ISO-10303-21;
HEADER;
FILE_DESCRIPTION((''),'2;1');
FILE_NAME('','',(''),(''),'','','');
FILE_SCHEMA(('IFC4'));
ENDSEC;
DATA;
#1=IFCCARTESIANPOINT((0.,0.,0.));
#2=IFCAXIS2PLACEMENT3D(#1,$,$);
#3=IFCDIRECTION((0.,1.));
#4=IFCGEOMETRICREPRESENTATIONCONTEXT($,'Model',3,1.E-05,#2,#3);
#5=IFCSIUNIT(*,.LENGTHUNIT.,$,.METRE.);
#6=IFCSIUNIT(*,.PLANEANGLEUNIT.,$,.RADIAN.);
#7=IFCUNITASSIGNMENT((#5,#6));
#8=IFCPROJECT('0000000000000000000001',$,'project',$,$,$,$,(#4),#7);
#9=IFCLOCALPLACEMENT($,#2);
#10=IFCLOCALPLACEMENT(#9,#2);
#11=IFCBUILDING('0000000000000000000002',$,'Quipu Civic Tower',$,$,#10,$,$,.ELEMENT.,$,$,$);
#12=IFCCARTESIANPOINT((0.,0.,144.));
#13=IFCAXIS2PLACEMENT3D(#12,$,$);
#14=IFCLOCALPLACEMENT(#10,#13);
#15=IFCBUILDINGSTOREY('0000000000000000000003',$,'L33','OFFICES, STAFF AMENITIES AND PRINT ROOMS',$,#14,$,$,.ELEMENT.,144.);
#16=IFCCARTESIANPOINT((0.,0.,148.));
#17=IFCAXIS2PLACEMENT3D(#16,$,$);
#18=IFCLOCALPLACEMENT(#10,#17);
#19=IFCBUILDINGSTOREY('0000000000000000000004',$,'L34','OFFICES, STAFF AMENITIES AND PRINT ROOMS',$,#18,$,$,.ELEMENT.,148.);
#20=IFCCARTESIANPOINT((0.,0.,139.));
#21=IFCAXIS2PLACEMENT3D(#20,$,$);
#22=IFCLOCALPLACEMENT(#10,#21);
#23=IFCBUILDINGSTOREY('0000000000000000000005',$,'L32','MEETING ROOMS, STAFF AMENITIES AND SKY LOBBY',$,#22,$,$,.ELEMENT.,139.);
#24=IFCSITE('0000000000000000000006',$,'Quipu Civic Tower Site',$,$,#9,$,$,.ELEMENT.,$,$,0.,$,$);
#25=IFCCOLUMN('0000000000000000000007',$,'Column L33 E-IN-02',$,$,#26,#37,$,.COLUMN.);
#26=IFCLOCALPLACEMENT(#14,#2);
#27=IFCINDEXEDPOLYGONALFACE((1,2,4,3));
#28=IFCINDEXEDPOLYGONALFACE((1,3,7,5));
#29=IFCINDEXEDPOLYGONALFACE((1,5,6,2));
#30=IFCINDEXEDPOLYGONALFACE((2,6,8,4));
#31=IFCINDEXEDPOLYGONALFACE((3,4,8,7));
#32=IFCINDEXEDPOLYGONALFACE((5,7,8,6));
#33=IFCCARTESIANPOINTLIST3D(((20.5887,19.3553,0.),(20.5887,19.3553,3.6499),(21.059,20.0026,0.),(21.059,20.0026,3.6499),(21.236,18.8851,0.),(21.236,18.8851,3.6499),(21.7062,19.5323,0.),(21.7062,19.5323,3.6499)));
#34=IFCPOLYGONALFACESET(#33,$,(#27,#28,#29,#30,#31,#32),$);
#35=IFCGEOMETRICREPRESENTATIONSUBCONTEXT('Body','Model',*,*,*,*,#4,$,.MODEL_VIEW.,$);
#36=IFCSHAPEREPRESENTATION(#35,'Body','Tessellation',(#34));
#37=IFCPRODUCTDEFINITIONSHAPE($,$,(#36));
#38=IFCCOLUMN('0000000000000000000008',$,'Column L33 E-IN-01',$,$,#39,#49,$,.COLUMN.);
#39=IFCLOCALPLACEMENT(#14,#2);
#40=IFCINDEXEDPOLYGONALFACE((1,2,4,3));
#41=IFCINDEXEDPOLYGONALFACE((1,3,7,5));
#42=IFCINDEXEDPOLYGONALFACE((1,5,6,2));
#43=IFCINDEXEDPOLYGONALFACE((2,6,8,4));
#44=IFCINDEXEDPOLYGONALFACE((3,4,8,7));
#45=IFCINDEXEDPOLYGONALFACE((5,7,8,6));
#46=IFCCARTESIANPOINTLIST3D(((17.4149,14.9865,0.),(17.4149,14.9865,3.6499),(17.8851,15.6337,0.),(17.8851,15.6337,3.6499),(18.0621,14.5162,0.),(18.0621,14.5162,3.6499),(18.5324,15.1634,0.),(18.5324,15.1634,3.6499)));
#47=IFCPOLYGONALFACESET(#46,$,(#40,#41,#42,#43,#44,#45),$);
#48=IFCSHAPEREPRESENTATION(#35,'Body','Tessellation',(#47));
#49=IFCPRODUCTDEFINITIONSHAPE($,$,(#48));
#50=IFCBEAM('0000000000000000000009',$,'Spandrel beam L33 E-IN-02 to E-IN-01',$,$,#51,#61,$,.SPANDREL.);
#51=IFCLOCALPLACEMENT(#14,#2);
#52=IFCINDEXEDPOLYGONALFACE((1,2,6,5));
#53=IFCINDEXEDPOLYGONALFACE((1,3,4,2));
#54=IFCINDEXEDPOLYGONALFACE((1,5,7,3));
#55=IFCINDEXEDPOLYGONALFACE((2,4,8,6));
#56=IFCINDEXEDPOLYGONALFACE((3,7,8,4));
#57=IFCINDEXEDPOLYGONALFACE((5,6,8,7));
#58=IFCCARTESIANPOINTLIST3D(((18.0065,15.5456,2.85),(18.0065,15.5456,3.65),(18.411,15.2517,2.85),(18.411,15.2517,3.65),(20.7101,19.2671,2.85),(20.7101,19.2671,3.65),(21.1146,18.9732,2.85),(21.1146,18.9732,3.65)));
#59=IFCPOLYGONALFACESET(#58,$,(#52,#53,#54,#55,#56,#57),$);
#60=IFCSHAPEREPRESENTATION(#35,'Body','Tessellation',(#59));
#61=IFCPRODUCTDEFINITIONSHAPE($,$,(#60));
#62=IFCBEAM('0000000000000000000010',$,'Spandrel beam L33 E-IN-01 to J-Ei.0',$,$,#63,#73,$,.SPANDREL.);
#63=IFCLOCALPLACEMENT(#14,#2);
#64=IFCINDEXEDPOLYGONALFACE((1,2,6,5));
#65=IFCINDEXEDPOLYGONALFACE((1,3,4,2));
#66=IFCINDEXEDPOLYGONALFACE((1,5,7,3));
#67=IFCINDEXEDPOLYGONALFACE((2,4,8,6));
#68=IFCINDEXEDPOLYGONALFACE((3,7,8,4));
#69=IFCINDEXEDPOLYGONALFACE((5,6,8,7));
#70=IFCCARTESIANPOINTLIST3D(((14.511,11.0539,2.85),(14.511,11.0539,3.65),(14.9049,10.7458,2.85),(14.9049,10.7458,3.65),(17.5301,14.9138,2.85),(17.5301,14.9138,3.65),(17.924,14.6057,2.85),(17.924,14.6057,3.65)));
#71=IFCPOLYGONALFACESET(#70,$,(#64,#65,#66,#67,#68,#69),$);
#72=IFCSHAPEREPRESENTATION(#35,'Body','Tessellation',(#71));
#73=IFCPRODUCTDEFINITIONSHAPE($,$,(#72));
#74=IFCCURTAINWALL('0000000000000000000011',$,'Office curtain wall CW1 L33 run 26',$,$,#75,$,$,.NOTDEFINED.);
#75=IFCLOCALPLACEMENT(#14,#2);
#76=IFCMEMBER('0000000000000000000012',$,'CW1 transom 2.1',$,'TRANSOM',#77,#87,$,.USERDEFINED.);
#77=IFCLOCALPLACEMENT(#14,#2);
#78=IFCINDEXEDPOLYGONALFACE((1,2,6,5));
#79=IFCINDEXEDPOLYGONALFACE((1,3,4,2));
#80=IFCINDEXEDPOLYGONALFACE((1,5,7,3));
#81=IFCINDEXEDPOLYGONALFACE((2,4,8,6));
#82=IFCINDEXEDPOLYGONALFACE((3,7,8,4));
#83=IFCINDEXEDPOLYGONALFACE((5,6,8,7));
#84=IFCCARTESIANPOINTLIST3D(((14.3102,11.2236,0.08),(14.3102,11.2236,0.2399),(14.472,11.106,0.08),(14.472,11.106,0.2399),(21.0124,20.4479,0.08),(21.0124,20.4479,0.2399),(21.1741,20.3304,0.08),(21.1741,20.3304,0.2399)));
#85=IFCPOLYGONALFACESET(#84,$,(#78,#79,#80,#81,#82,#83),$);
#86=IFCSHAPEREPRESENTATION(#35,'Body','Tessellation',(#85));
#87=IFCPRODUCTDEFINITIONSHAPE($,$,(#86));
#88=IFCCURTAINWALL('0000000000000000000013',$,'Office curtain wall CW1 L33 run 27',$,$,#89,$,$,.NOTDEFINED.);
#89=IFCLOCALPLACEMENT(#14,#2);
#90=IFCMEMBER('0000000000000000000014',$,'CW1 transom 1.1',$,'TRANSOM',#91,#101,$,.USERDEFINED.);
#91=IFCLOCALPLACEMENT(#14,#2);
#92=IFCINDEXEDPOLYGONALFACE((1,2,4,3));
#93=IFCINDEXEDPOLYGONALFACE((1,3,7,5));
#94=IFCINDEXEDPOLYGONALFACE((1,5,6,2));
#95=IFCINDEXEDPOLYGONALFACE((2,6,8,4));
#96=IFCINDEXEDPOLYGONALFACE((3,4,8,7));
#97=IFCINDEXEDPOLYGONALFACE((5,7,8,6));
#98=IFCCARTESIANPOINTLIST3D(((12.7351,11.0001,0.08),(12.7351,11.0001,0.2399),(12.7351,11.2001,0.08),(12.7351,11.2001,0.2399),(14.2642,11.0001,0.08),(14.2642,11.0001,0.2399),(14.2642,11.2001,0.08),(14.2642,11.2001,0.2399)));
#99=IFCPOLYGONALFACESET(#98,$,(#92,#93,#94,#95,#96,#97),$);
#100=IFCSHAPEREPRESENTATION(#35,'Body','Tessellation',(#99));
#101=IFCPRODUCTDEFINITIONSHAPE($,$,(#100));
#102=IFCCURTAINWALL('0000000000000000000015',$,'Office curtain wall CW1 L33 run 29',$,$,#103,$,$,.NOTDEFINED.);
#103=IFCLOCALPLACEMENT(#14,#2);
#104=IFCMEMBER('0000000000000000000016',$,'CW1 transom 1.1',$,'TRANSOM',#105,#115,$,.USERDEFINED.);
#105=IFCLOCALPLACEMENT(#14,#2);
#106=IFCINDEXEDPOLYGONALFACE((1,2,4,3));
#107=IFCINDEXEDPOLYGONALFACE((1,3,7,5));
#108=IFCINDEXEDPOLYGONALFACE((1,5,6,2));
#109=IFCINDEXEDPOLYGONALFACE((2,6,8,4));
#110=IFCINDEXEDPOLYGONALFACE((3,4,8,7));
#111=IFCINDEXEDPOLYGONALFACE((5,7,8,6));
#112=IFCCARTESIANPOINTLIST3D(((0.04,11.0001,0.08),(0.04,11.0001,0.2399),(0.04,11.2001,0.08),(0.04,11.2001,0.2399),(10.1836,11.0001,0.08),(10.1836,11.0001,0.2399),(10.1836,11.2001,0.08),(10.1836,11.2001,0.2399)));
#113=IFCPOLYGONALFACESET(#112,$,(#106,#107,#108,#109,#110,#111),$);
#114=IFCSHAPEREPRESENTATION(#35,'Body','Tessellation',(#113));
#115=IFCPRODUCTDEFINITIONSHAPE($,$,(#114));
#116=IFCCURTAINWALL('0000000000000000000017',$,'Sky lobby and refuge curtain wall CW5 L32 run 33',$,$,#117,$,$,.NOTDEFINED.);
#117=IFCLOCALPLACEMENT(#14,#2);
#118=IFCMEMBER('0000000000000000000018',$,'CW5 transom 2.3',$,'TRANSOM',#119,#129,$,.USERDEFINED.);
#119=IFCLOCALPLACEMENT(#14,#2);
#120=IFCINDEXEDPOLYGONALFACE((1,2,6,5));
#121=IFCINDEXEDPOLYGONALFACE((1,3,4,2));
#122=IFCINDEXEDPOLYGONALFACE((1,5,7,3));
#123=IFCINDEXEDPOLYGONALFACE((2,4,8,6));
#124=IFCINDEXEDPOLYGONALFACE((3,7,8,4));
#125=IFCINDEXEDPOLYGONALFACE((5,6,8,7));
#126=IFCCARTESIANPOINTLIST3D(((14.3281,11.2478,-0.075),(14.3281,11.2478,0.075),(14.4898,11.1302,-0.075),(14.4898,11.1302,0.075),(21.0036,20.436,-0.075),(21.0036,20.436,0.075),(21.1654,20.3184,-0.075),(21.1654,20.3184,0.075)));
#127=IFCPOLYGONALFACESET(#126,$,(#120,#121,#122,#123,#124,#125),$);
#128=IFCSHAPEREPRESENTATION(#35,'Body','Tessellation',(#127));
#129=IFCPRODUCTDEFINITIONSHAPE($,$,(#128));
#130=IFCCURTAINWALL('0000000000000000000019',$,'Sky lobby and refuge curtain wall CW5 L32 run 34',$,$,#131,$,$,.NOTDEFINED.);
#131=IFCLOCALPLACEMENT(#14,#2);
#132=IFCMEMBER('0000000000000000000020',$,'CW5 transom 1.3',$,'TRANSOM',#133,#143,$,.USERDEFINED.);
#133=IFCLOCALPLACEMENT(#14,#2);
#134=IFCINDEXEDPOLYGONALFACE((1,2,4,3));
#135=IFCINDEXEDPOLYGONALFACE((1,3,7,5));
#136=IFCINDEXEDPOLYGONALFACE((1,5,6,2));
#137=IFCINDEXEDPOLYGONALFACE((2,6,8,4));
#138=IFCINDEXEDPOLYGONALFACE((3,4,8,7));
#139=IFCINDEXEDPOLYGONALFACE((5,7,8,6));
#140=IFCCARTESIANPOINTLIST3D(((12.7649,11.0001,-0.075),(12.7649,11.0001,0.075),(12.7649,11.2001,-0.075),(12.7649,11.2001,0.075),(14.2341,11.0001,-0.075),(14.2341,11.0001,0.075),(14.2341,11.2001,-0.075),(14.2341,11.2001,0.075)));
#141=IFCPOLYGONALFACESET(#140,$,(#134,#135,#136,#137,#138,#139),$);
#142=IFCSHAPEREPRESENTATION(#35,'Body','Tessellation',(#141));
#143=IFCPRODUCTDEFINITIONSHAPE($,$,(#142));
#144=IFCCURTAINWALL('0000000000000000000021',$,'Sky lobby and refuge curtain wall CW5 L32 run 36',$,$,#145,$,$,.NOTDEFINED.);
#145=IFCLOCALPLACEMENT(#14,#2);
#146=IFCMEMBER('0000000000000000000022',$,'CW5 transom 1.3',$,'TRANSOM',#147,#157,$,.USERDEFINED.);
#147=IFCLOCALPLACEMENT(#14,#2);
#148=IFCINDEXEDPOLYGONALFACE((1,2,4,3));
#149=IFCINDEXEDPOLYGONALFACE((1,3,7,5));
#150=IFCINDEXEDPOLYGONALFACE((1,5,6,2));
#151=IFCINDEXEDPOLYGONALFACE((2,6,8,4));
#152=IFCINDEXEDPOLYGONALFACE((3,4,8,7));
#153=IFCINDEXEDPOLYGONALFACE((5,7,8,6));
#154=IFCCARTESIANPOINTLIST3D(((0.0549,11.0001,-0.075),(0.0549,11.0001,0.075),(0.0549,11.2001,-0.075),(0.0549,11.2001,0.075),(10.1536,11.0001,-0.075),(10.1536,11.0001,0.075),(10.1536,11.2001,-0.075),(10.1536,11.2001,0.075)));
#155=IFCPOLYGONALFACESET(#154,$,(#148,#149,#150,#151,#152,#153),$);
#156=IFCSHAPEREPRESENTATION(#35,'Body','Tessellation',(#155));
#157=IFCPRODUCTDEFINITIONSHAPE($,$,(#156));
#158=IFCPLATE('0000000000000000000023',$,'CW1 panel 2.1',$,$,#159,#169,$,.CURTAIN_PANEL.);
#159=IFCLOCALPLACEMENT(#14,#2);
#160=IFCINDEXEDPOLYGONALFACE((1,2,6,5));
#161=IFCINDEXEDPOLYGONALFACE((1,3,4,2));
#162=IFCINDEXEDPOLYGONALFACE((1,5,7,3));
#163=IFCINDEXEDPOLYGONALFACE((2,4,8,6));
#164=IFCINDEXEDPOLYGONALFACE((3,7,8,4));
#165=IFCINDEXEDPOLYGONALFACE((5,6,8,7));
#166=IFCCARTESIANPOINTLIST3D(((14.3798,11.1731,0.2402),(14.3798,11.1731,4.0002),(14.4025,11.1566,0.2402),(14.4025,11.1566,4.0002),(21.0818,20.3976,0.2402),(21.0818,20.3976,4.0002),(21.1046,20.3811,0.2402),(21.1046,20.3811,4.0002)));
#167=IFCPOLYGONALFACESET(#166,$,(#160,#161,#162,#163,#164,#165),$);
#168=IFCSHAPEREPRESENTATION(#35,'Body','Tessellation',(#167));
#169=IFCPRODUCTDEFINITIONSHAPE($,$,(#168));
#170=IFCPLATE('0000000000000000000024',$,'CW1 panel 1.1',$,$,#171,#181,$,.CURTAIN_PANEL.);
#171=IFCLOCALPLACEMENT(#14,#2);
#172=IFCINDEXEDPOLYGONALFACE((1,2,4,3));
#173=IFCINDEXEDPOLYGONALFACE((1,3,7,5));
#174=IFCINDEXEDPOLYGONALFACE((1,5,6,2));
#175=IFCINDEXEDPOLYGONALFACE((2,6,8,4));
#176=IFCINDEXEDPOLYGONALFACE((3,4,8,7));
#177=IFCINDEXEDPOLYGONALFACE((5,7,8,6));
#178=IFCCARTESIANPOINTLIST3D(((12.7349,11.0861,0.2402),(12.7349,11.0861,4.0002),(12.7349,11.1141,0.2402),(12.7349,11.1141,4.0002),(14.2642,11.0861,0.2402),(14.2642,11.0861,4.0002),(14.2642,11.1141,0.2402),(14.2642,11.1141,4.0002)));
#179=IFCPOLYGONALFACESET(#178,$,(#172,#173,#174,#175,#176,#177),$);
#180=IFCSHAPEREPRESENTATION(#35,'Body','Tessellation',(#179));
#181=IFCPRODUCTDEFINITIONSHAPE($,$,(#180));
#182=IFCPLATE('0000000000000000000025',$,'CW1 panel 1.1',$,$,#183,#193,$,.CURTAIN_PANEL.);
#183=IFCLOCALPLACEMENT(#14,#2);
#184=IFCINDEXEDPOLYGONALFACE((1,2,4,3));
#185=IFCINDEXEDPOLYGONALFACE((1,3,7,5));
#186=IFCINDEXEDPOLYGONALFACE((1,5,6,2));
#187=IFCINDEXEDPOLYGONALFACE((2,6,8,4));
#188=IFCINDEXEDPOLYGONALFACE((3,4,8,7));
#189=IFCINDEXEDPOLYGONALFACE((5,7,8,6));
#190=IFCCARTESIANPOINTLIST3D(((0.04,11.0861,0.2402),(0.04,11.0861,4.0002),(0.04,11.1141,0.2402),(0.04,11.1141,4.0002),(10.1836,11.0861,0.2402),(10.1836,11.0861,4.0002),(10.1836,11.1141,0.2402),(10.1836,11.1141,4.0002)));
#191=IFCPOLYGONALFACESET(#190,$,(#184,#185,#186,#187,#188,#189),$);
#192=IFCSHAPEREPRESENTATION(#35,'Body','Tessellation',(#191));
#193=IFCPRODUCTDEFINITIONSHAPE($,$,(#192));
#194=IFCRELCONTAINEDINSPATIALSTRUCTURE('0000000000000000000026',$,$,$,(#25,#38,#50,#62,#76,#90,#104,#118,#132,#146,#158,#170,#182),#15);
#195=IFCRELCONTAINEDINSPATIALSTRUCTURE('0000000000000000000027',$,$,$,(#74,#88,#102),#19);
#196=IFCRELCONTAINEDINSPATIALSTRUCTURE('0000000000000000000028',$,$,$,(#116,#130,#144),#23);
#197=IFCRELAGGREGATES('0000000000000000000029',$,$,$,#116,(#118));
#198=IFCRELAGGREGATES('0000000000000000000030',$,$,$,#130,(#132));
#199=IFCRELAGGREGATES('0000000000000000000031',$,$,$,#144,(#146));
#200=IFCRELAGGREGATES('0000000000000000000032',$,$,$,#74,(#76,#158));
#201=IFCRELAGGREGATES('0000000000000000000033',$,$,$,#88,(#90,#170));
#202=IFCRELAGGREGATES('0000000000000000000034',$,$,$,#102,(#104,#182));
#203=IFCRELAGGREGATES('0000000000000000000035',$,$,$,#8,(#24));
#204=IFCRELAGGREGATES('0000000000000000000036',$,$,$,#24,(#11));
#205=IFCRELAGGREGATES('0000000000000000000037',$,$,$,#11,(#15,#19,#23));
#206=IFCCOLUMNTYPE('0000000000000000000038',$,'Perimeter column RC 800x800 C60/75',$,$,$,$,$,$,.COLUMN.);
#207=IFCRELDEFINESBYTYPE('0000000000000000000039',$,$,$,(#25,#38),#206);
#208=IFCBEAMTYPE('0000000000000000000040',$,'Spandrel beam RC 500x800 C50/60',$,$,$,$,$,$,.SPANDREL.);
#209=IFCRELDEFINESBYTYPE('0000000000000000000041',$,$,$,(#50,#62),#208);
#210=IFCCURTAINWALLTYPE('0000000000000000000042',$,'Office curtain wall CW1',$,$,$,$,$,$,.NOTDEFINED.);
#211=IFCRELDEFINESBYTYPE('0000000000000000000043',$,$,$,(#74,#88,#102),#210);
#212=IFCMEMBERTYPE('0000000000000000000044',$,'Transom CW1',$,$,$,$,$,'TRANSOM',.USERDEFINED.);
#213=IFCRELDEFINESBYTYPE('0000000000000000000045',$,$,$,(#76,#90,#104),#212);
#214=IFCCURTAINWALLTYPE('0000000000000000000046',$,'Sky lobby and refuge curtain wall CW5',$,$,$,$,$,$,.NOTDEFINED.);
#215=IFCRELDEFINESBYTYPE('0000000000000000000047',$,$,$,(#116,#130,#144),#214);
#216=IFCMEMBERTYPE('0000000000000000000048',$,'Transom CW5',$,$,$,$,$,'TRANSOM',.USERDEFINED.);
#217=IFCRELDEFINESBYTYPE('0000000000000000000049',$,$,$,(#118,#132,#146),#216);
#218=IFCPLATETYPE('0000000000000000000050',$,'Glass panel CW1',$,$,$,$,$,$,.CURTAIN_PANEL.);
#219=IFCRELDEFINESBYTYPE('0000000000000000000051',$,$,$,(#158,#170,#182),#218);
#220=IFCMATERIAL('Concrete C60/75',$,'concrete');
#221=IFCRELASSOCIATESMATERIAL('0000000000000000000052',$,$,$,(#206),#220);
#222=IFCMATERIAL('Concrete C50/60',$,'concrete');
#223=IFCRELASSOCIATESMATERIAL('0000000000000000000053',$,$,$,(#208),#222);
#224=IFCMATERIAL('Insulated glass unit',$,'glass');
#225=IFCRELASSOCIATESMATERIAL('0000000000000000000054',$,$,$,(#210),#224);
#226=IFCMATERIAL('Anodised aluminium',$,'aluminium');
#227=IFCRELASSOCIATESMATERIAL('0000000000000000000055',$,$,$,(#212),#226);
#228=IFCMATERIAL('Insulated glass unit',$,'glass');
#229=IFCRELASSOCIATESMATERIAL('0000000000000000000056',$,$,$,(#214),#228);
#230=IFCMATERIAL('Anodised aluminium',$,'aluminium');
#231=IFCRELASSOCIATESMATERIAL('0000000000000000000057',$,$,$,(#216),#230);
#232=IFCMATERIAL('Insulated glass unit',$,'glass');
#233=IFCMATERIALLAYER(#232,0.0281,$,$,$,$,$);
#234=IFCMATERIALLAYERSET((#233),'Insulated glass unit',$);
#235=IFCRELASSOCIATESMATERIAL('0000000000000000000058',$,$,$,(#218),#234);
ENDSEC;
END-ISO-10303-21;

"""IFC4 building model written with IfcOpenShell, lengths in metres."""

from ifc_helpers import new_model, si_unit, direction, frame, origin, origin_2d, place, context, subcontext, project, spatial, rectangle, extrude, material, layer, layer_set, material_profile, profile_set, type_object, element, aggregate, save


model = new_model("IFC4")

# Units and contexts
model_context = context("Model", 3, precision=1e-05, world=origin(), true_north=direction((0.0, 1.0)))
body_context = subcontext(model_context, "Body", "Model", "MODEL_VIEW")
ifc_project = project(units=[si_unit("LENGTHUNIT", "METRE"), si_unit("PLANEANGLEUNIT", "RADIAN")], contexts=[model_context])

# Site, building, storey
site_placement = place(None, origin())
site = spatial("IfcSite", under=ifc_project, at=site_placement, Name="Quipu Civic Tower Site", CompositionType="ELEMENT", RefElevation=0.0)
building_placement = place(site_placement, origin())
building = spatial("IfcBuilding", under=site, at=building_placement, Name="Quipu Civic Tower", CompositionType="ELEMENT")
storey_1_placement = place(building_placement, frame((0.0, 0.0, 144.0)))
storey_1 = spatial("IfcBuildingStorey", under=building, at=storey_1_placement, Name="L33", Description="OFFICES, STAFF AMENITIES AND PRINT ROOMS", CompositionType="ELEMENT", Elevation=144.0)

# Columns
ifc_material_1 = material(Name="Concrete C60/75", Category="concrete")
ifc_material_profile_1 = material_profile(ifc_material_1, rectangle(XDim=0.8, YDim=0.8, at=origin_2d()), Name="RC800x800")
ifc_profile_set_1 = profile_set([ifc_material_profile_1], Name="Concrete C60/75")
column_type = type_object("IfcColumnType", Name="Perimeter column RC 800x800 C60/75", PredefinedType="COLUMN", material=ifc_profile_set_1)
for number, where, z_axis, x_axis, name in (
    (1, (21.1475, 19.4438, 0.0), (0.0, 0.0, 1.0), (-0.587785, -0.809017, 0.0), "Column L33 E-IN-02"),
    (2, (17.9736, 15.075, 0.0), (0.0, 0.0, 1.0), (-0.587785, -0.809017, 0.0), "Column L33 E-IN-01"),
):
    element("IfcColumn", number, at=place(storey_1_placement, frame(where, z_axis=z_axis, x_axis=x_axis)), inside=storey_1, type_object=column_type, Name=name, PredefinedType="COLUMN", context=body_context, shape_type="SweptSolid", body=[
        extrude(rectangle(XDim=0.8, YDim=0.8, at=origin_2d()), origin(), (0.0, 0.0, 1.0), 3.6499),
    ])

# Beams
ifc_material_2 = material(Name="Concrete C50/60", Category="concrete")
ifc_material_profile_2 = material_profile(ifc_material_2, rectangle(XDim=0.5, YDim=0.8, at=origin_2d()), Name="RC500x800")
ifc_profile_set_2 = profile_set([ifc_material_profile_2], Name="Concrete C50/60")
beam_type = type_object("IfcBeamType", Name="Spandrel beam RC 500x800 C50/60", PredefinedType="SPANDREL", material=ifc_profile_set_2)
beam_1_placement = place(storey_1_placement, frame((20.9124, 19.1201, 3.25), z_axis=(-0.587761, -0.809034, 0.0), x_axis=(0.809034, -0.587761, 0.0)))
element("IfcBeam", 3, at=beam_1_placement, inside=storey_1, type_object=beam_type, Name="Spandrel beam L33 E-IN-02 to E-IN-01", PredefinedType="SPANDREL", context=body_context, shape_type="SweptSolid", body=[
    extrude(rectangle(XDim=0.5, YDim=0.8, at=origin_2d()), origin(), (0.0, 0.0, 1.0), 4.5999),
])
beam_2_placement = place(storey_1_placement, frame((17.7271, 14.7598, 3.25), z_axis=(-0.616091, -0.787675, 0.0), x_axis=(0.787675, -0.616091, 0.0)))
element("IfcBeam", 4, at=beam_2_placement, inside=storey_1, type_object=beam_type, Name="Spandrel beam L33 E-IN-01 to J-Ei.0", PredefinedType="SPANDREL", context=body_context, shape_type="SweptSolid", body=[
    extrude(rectangle(XDim=0.5, YDim=0.8, at=origin_2d()), origin(), (0.0, 0.0, 1.0), 4.9004),
])

# Shared definitions
storey_2_placement = place(building_placement, frame((0.0, 0.0, 148.0)))
storey_2 = spatial("IfcBuildingStorey", under=building, at=storey_2_placement, Name="L34", Description="OFFICES, STAFF AMENITIES AND PRINT ROOMS", CompositionType="ELEMENT", Elevation=148.0)

# Curtain walls, members
ifc_material_3 = material(Name="Insulated glass unit", Category="glass")
curtain_wall_type_1 = type_object("IfcCurtainWallType", Name="Office curtain wall CW1", PredefinedType="NOTDEFINED", material=ifc_material_3)
curtain_wall_1_placement = place(storey_2_placement, origin())
curtain_wall_1 = element("IfcCurtainWall", 5, at=curtain_wall_1_placement, inside=storey_2, type_object=curtain_wall_type_1, Name="Office curtain wall CW1 L33 run 26", PredefinedType="NOTDEFINED")
ifc_material_4 = material(Name="Anodised aluminium", Category="aluminium")
ifc_material_profile_3 = material_profile(ifc_material_4, rectangle(XDim=0.2, YDim=0.1599, at=origin_2d()), Name="RECT 200x160")
ifc_profile_set_3 = profile_set([ifc_material_profile_3], Name="Anodised aluminium")
member_type_1 = type_object("IfcMemberType", Name="Transom CW1", ElementType="TRANSOM", PredefinedType="USERDEFINED", material=ifc_profile_set_3)
member_1_placement = place(storey_1_placement, frame((21.0933, 20.3892, 0.1599), z_axis=(-0.5878, -0.809006, 0.0), x_axis=(0.809006, -0.5878, 0.0)))
member_1 = element("IfcMember", 6, at=member_1_placement, inside=storey_1, type_object=member_type_1, Name="CW1 transom 2.1", ObjectType="TRANSOM", PredefinedType="USERDEFINED", context=body_context, shape_type="SweptSolid", body=[
    extrude(rectangle(XDim=0.2, YDim=0.1599, at=origin_2d()), origin(), (0.0, 0.0, 1.0), 11.4021),
])
curtain_wall_2_placement = place(storey_2_placement, origin())
curtain_wall_2 = element("IfcCurtainWall", 7, at=curtain_wall_2_placement, inside=storey_2, type_object=curtain_wall_type_1, Name="Office curtain wall CW1 L33 run 27", PredefinedType="NOTDEFINED")
member_2_placement = place(storey_1_placement, frame((14.2642, 11.1001, 0.1599), z_axis=(-1.0, 0.0, 0.0), x_axis=(0.0, -1.0, 0.0)))
member_2 = element("IfcMember", 8, at=member_2_placement, inside=storey_1, type_object=member_type_1, Name="CW1 transom 1.1", ObjectType="TRANSOM", PredefinedType="USERDEFINED", context=body_context, shape_type="SweptSolid", body=[
    extrude(rectangle(XDim=0.2, YDim=0.1599, at=origin_2d()), origin(), (0.0, 0.0, 1.0), 1.5291),
])
curtain_wall_3_placement = place(storey_2_placement, origin())
curtain_wall_3 = element("IfcCurtainWall", 9, at=curtain_wall_3_placement, inside=storey_2, type_object=curtain_wall_type_1, Name="Office curtain wall CW1 L33 run 29", PredefinedType="NOTDEFINED")
member_3_placement = place(storey_1_placement, frame((10.1836, 11.1001, 0.1599), z_axis=(-1.0, 0.0, 0.0), x_axis=(0.0, -1.0, 0.0)))
member_3 = element("IfcMember", 10, at=member_3_placement, inside=storey_1, type_object=member_type_1, Name="CW1 transom 1.1", ObjectType="TRANSOM", PredefinedType="USERDEFINED", context=body_context, shape_type="SweptSolid", body=[
    extrude(rectangle(XDim=0.2, YDim=0.1599, at=origin_2d()), origin(), (0.0, 0.0, 1.0), 10.1436),
])

# Shared definitions
storey_3_placement = place(building_placement, frame((0.0, 0.0, 139.0)))
storey_3 = spatial("IfcBuildingStorey", under=building, at=storey_3_placement, Name="L32", Description="MEETING ROOMS, STAFF AMENITIES AND SKY LOBBY", CompositionType="ELEMENT", Elevation=139.0)

# Curtain walls, members
ifc_material_5 = material(Name="Insulated glass unit", Category="glass")
curtain_wall_type_2 = type_object("IfcCurtainWallType", Name="Sky lobby and refuge curtain wall CW5", PredefinedType="NOTDEFINED", material=ifc_material_5)
curtain_wall_4_placement = place(storey_3_placement, origin())
curtain_wall_4 = element("IfcCurtainWall", 11, at=curtain_wall_4_placement, inside=storey_3, type_object=curtain_wall_type_2, Name="Sky lobby and refuge curtain wall CW5 L32 run 33", PredefinedType="NOTDEFINED")
ifc_material_6 = material(Name="Anodised aluminium", Category="aluminium")
ifc_material_profile_4 = material_profile(ifc_material_6, rectangle(XDim=0.2, YDim=0.1499, at=origin_2d()), Name="RECT 200x150")
ifc_profile_set_4 = profile_set([ifc_material_profile_4], Name="Anodised aluminium")
member_type_2 = type_object("IfcMemberType", Name="Transom CW5", ElementType="TRANSOM", PredefinedType="USERDEFINED", material=ifc_profile_set_4)
member_4_placement = place(storey_1_placement, frame((21.0845, 20.3772, 0.0), z_axis=(-0.587779, -0.809021, 0.0), x_axis=(0.809021, -0.587779, 0.0)))
member_4 = element("IfcMember", 12, at=member_4_placement, inside=storey_1, type_object=member_type_2, Name="CW5 transom 2.3", ObjectType="TRANSOM", PredefinedType="USERDEFINED", context=body_context, shape_type="SweptSolid", body=[
    extrude(rectangle(XDim=0.2, YDim=0.1499, at=origin_2d()), origin(), (0.0, 0.0, 1.0), 11.3572),
])
aggregate(curtain_wall_4, [member_4])
curtain_wall_5_placement = place(storey_3_placement, origin())
curtain_wall_5 = element("IfcCurtainWall", 13, at=curtain_wall_5_placement, inside=storey_3, type_object=curtain_wall_type_2, Name="Sky lobby and refuge curtain wall CW5 L32 run 34", PredefinedType="NOTDEFINED")
member_5_placement = place(storey_1_placement, frame((14.2341, 11.1001, 0.0), z_axis=(-1.0, 0.0, 0.0), x_axis=(0.0, -1.0, 0.0)))
member_5 = element("IfcMember", 14, at=member_5_placement, inside=storey_1, type_object=member_type_2, Name="CW5 transom 1.3", ObjectType="TRANSOM", PredefinedType="USERDEFINED", context=body_context, shape_type="SweptSolid", body=[
    extrude(rectangle(XDim=0.2, YDim=0.1499, at=origin_2d()), origin(), (0.0, 0.0, 1.0), 1.4692),
])
aggregate(curtain_wall_5, [member_5])
curtain_wall_6_placement = place(storey_3_placement, origin())
curtain_wall_6 = element("IfcCurtainWall", 15, at=curtain_wall_6_placement, inside=storey_3, type_object=curtain_wall_type_2, Name="Sky lobby and refuge curtain wall CW5 L32 run 36", PredefinedType="NOTDEFINED")
member_6_placement = place(storey_1_placement, frame((10.1536, 11.1001, 0.0), z_axis=(-1.0, 0.0, 0.0), x_axis=(0.0, -1.0, 0.0)))
member_6 = element("IfcMember", 16, at=member_6_placement, inside=storey_1, type_object=member_type_2, Name="CW5 transom 1.3", ObjectType="TRANSOM", PredefinedType="USERDEFINED", context=body_context, shape_type="SweptSolid", body=[
    extrude(rectangle(XDim=0.2, YDim=0.1499, at=origin_2d()), origin(), (0.0, 0.0, 1.0), 10.0986),
])
aggregate(curtain_wall_6, [member_6])

# Plates
ifc_material_7 = material(Name="Insulated glass unit", Category="glass")
ifc_layer = layer(ifc_material_7, 0.0281)
ifc_layer_set = layer_set([ifc_layer], Name="Insulated glass unit")
plate_type_1 = type_object("IfcPlateType", Name="Glass panel CW1", PredefinedType="CURTAIN_PANEL", material=ifc_layer_set)
plate_1_placement = place(storey_1_placement, frame((17.7422, 15.7771, 0.2402), z_axis=(0.0, 0.0, 1.0), x_axis=(-0.587789, -0.809014, 0.0)))
plate_1 = element("IfcPlate", 17, at=plate_1_placement, inside=storey_1, type_object=plate_type_1, Name="CW1 panel 2.1", PredefinedType="CURTAIN_PANEL", context=body_context, shape_type="SweptSolid", body=[
    extrude(rectangle(XDim=11.4021, YDim=0.0281, at=origin_2d()), origin(), (0.0, 0.0, 1.0), 3.76),
])
aggregate(curtain_wall_1, [member_1, plate_1])
plate_2_placement = place(storey_1_placement, frame((13.4995, 11.1001, 0.2402), z_axis=(0.0, 0.0, 1.0), x_axis=(-1.0, 0.0, 0.0)))
plate_2 = element("IfcPlate", 18, at=plate_2_placement, inside=storey_1, type_object=plate_type_1, Name="CW1 panel 1.1", PredefinedType="CURTAIN_PANEL", context=body_context, shape_type="SweptSolid", body=[
    extrude(rectangle(XDim=1.5293, YDim=0.0281, at=origin_2d()), origin(), (0.0, 0.0, 1.0), 3.76),
])
aggregate(curtain_wall_2, [member_2, plate_2])
plate_3_placement = place(storey_1_placement, frame((5.1118, 11.1001, 0.2402), z_axis=(0.0, 0.0, 1.0), x_axis=(-1.0, 0.0, 0.0)))
plate_3 = element("IfcPlate", 19, at=plate_3_placement, inside=storey_1, type_object=plate_type_1, Name="CW1 panel 1.1", PredefinedType="CURTAIN_PANEL", context=body_context, shape_type="SweptSolid", body=[
    extrude(rectangle(XDim=10.1436, YDim=0.0281, at=origin_2d()), origin(), (0.0, 0.0, 1.0), 3.76),
])
aggregate(curtain_wall_3, [member_3, plate_3])

save(model, "model.ifc")
